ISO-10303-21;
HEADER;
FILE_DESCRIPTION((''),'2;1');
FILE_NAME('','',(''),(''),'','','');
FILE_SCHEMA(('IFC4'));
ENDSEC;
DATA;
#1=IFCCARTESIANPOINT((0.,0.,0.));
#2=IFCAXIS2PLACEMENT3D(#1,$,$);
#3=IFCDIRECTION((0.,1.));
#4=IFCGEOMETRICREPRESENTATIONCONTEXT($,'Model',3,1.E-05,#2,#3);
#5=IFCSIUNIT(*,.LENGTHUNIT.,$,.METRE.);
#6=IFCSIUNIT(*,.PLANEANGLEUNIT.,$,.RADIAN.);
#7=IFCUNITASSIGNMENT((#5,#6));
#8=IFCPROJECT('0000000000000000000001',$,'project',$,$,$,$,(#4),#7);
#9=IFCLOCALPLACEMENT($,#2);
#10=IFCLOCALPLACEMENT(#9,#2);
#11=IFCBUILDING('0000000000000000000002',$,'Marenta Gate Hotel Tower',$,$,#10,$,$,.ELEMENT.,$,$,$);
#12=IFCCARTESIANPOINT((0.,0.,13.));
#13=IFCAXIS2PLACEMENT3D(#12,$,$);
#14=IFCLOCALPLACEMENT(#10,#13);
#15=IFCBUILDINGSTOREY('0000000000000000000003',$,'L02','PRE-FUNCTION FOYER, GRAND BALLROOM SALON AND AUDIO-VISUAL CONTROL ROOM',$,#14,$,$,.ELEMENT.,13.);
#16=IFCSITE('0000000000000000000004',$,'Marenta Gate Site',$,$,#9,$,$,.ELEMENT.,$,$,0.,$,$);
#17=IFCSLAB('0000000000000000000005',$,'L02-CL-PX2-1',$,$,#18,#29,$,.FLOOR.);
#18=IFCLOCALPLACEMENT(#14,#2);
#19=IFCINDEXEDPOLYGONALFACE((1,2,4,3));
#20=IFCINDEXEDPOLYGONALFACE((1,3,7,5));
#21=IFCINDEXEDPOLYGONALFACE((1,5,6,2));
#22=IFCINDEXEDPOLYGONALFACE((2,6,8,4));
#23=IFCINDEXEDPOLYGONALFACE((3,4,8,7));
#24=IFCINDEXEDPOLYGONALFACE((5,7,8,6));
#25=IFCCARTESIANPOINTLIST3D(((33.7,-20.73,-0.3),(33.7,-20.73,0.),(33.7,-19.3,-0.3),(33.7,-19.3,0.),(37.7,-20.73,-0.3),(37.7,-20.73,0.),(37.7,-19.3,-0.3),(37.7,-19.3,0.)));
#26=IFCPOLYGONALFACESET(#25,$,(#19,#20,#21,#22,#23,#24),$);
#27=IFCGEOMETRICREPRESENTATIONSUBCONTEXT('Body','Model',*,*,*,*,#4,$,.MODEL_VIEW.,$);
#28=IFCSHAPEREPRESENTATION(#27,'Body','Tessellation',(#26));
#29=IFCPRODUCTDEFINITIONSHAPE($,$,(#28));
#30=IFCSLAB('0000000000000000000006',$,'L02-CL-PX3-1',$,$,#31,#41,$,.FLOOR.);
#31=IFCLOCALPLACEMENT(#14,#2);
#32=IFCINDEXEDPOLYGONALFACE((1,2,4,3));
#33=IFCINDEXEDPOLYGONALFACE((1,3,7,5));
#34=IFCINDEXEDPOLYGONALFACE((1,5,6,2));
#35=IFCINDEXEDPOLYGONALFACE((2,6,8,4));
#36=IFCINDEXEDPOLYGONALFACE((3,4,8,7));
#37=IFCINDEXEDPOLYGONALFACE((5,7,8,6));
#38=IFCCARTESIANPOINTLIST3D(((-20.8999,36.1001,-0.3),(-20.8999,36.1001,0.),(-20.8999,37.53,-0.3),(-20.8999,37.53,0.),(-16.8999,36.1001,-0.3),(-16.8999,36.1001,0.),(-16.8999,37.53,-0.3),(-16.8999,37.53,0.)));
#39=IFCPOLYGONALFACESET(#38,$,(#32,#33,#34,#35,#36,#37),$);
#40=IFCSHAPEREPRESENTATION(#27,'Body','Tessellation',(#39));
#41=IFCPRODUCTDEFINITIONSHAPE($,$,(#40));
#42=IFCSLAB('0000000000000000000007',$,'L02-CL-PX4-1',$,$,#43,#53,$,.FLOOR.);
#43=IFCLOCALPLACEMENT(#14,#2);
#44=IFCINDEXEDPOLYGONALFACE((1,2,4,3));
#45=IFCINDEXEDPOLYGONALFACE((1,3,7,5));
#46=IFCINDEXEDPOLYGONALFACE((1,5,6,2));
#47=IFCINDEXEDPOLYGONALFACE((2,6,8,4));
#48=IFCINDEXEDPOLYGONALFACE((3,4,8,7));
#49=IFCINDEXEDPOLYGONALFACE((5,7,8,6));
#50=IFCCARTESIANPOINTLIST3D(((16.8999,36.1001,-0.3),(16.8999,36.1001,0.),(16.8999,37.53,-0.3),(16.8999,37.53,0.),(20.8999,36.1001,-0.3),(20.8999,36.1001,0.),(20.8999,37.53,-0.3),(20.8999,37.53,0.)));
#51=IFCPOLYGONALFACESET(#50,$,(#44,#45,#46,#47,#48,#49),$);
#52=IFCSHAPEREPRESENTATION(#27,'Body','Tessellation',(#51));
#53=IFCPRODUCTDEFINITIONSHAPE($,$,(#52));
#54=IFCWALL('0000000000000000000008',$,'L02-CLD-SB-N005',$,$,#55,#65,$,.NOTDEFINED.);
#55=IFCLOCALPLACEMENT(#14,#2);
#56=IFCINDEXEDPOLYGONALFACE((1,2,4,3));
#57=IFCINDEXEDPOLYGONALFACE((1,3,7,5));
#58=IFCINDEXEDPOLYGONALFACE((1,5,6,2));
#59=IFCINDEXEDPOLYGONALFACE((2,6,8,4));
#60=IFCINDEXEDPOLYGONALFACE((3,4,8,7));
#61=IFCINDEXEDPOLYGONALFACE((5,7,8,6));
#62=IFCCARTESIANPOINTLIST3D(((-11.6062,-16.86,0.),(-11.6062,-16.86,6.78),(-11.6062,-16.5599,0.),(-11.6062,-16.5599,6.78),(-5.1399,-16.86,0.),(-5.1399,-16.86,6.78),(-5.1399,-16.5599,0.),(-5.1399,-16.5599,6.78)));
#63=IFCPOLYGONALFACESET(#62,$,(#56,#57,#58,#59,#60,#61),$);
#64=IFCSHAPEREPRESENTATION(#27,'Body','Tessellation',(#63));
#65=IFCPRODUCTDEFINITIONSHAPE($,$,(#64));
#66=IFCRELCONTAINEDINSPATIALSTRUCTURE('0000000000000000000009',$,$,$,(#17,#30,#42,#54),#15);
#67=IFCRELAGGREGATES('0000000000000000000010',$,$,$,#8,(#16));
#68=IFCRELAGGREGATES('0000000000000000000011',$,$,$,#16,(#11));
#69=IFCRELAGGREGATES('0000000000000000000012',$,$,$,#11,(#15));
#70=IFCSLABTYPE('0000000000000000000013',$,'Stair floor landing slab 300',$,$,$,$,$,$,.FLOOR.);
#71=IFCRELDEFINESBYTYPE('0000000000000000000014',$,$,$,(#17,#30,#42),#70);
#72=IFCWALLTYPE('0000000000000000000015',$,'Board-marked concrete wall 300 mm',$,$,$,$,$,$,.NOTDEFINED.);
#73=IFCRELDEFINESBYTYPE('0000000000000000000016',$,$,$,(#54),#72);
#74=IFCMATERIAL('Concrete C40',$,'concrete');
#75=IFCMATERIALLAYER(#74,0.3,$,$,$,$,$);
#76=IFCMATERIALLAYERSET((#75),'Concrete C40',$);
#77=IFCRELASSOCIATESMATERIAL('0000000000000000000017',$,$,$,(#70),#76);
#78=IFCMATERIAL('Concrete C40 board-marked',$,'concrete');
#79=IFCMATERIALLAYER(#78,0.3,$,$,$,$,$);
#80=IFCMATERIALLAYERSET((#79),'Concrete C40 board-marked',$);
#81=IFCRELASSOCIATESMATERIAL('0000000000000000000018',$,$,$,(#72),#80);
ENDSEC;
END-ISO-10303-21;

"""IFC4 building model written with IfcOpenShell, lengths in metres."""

from ifc_helpers import new_model, si_unit, direction, frame, frame_2d, origin, place, context, subcontext, project, spatial, polyline, rectangle, outline, extrude, material, layer, layer_set, type_object, element, save


model = new_model("IFC4")

# Units and contexts
model_context = context("Model", 3, precision=1e-05, world=origin(), true_north=direction((0.0, 1.0)))
body_context = subcontext(model_context, "Body", "Model", "MODEL_VIEW")
ifc_project = project(units=[si_unit("LENGTHUNIT", "METRE"), si_unit("PLANEANGLEUNIT", "RADIAN")], contexts=[model_context])

# Site, building, storey
site_placement = place(None, origin())
site = spatial("IfcSite", under=ifc_project, at=site_placement, Name="Marenta Gate Site", CompositionType="ELEMENT", RefElevation=0.0)
building_placement = place(site_placement, origin())
building = spatial("IfcBuilding", under=site, at=building_placement, Name="Marenta Gate Hotel Tower", CompositionType="ELEMENT")
storey_placement = place(building_placement, frame((0.0, 0.0, 13.0)))
storey = spatial("IfcBuildingStorey", under=building, at=storey_placement, Name="L02", Description="PRE-FUNCTION FOYER, GRAND BALLROOM SALON AND AUDIO-VISUAL CONTROL ROOM", CompositionType="ELEMENT", Elevation=13.0)

# Slabs
ifc_material_1 = material(Name="Concrete C40", Category="concrete")
ifc_layer_1 = layer(ifc_material_1, 0.3)
ifc_layer_set_1 = layer_set([ifc_layer_1], Name="Concrete C40")
slab_type_1 = type_object("IfcSlabType", Name="Stair floor landing slab 300", PredefinedType="FLOOR", material=ifc_layer_set_1)
slab_1_placement = place(storey_placement, frame((0.0, 0.0, -0.3)))
element("IfcSlab", 1, at=slab_1_placement, inside=storey, type_object=slab_type_1, Name="L02-CL-PX2-1", PredefinedType="FLOOR", context=body_context, shape_type="SweptSolid", body=[
    extrude(outline(polyline([(37.7, -20.73), (33.7, -20.73), (33.7, -19.3), (37.7, -19.3), (37.7, -20.73)])), origin(), (0.0, 0.0, 1.0), 0.3),
])
slab_2_placement = place(storey_placement, frame((0.0, 0.0, -0.3)))
element("IfcSlab", 2, at=slab_2_placement, inside=storey, type_object=slab_type_1, Name="L02-CL-PX3-1", PredefinedType="FLOOR", context=body_context, shape_type="SweptSolid", body=[
    extrude(outline(polyline([(-16.8999, 36.1001), (-20.8999, 36.1001), (-20.8999, 37.53), (-16.8999, 37.53), (-16.8999, 36.1001)])), origin(), (0.0, 0.0, 1.0), 0.3),
])
slab_3_placement = place(storey_placement, frame((0.0, 0.0, -0.3)))
element("IfcSlab", 3, at=slab_3_placement, inside=storey, type_object=slab_type_1, Name="L02-CL-PX4-1", PredefinedType="FLOOR", context=body_context, shape_type="SweptSolid", body=[
    extrude(outline(polyline([(20.8999, 36.1001), (16.8999, 36.1001), (16.8999, 37.53), (20.8999, 37.53), (20.8999, 36.1001)])), origin(), (0.0, 0.0, 1.0), 0.3),
])

# Wall
ifc_material_2 = material(Name="Concrete C40 board-marked", Category="concrete")
ifc_layer_2 = layer(ifc_material_2, 0.3)
ifc_layer_set_2 = layer_set([ifc_layer_2], Name="Concrete C40 board-marked")
wall_type_1 = type_object("IfcWallType", Name="Board-marked concrete wall 300 mm", PredefinedType="NOTDEFINED", material=ifc_layer_set_2)
wall_1_placement = place(storey_placement, frame((-5.1399, -16.71, 0.0), z_axis=(0.0, 0.0, 1.0), x_axis=(-1.0, 0.0, 0.0)))
element("IfcWall", 4, at=wall_1_placement, inside=storey, type_object=wall_type_1, Name="L02-CLD-SB-N005", PredefinedType="NOTDEFINED", context=body_context, shape_type="SweptSolid", body=[
    extrude(rectangle(XDim=6.4663, YDim=0.3, at=frame_2d((3.2332, 0.0))), origin(), (0.0, 0.0, 1.0), 6.78),
])

save(model, "model.ifc")
